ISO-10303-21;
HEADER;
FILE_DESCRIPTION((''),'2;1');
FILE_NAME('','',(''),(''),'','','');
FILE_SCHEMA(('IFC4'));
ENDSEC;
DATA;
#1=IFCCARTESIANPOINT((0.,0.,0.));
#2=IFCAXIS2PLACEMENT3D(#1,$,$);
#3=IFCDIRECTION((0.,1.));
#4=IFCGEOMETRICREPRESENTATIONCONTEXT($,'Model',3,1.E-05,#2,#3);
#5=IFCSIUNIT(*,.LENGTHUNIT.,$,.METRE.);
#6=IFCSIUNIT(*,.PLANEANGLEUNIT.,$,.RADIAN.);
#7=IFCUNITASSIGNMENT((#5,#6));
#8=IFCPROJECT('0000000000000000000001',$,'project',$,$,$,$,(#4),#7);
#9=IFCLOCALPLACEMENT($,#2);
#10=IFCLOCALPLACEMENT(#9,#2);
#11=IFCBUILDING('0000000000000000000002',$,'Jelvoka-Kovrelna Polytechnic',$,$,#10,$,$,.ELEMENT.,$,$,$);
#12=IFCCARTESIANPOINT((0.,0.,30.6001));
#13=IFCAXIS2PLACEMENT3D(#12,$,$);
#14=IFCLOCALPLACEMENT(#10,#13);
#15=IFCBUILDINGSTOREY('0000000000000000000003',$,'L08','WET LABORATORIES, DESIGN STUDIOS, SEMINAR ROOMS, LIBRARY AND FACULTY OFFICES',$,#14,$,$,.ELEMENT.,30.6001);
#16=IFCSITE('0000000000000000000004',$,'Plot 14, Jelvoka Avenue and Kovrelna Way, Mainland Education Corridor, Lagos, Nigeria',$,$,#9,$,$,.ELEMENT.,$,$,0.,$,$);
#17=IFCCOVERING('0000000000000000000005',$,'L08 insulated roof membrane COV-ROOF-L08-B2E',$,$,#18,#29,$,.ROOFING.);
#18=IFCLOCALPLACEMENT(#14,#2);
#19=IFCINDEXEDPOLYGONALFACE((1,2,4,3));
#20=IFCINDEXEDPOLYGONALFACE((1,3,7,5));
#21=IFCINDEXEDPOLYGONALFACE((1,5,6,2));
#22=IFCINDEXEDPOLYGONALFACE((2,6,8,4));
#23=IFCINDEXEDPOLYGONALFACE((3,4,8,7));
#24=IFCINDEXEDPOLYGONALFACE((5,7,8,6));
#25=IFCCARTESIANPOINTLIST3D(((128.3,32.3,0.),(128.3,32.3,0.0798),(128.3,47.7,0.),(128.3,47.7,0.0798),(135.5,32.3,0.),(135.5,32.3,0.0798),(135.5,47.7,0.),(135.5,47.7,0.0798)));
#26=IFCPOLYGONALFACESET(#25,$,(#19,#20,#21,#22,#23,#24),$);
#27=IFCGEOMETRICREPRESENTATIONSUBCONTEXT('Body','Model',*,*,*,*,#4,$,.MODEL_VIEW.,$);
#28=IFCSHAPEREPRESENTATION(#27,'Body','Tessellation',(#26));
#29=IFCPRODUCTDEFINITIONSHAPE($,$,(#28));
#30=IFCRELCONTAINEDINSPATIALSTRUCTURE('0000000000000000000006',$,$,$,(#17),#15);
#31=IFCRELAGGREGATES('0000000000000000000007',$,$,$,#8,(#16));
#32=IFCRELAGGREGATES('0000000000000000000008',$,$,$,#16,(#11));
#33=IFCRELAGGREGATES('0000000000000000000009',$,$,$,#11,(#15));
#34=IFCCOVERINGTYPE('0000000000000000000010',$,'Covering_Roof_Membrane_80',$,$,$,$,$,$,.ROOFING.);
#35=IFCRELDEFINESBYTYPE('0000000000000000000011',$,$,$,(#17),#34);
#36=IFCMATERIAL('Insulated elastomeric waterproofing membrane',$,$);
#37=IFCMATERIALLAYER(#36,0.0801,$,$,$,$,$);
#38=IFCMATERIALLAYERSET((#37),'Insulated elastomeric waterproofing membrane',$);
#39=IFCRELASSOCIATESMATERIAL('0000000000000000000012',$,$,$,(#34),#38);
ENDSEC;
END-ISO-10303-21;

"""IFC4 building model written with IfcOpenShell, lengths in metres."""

from ifc_helpers import new_model, si_unit, direction, frame, origin, place, context, subcontext, project, spatial, polyline, outline, extrude, material, layer, layer_set, type_object, element, save


model = new_model("IFC4")

# Units and contexts
model_context = context("Model", 3, precision=1e-05, world=origin(), true_north=direction((0.0, 1.0)))
body_context = subcontext(model_context, "Body", "Model", "MODEL_VIEW")
ifc_project = project(units=[si_unit("LENGTHUNIT", "METRE"), si_unit("PLANEANGLEUNIT", "RADIAN")], contexts=[model_context])

# Site, building, storey
site_placement = place(None, origin())
site = spatial("IfcSite", under=ifc_project, at=site_placement, Name="Plot 14, Jelvoka Avenue and Kovrelna Way, Mainland Education Corridor, Lagos, Nigeria", CompositionType="ELEMENT", RefElevation=0.0)
building_placement = place(site_placement, origin())
building = spatial("IfcBuilding", under=site, at=building_placement, Name="Jelvoka-Kovrelna Polytechnic", CompositionType="ELEMENT")
storey_placement = place(building_placement, frame((0.0, 0.0, 30.6001)))
storey = spatial("IfcBuildingStorey", under=building, at=storey_placement, Name="L08", Description="WET LABORATORIES, DESIGN STUDIOS, SEMINAR ROOMS, LIBRARY AND FACULTY OFFICES", CompositionType="ELEMENT", Elevation=30.6001)

# Covering
ifc_material_1 = material(Name="Insulated elastomeric waterproofing membrane")
ifc_layer_1 = layer(ifc_material_1, 0.0801)
ifc_layer_set_1 = layer_set([ifc_layer_1], Name="Insulated elastomeric waterproofing membrane")
covering_type = type_object("IfcCoveringType", Name="Covering_Roof_Membrane_80", PredefinedType="ROOFING", material=ifc_layer_set_1)
covering_placement = place(storey_placement, origin())
element("IfcCovering", 1, at=covering_placement, inside=storey, type_object=covering_type, Name="L08 insulated roof membrane COV-ROOF-L08-B2E", PredefinedType="ROOFING", context=body_context, shape_type="SweptSolid", body=[
    extrude(outline(polyline([(128.3, 32.3), (135.5, 32.3), (135.5, 47.7), (128.3, 47.7), (128.3, 32.3)])), origin(), (0.0, 0.0, 1.0), 0.0798),
])

save(model, "model.ifc")
